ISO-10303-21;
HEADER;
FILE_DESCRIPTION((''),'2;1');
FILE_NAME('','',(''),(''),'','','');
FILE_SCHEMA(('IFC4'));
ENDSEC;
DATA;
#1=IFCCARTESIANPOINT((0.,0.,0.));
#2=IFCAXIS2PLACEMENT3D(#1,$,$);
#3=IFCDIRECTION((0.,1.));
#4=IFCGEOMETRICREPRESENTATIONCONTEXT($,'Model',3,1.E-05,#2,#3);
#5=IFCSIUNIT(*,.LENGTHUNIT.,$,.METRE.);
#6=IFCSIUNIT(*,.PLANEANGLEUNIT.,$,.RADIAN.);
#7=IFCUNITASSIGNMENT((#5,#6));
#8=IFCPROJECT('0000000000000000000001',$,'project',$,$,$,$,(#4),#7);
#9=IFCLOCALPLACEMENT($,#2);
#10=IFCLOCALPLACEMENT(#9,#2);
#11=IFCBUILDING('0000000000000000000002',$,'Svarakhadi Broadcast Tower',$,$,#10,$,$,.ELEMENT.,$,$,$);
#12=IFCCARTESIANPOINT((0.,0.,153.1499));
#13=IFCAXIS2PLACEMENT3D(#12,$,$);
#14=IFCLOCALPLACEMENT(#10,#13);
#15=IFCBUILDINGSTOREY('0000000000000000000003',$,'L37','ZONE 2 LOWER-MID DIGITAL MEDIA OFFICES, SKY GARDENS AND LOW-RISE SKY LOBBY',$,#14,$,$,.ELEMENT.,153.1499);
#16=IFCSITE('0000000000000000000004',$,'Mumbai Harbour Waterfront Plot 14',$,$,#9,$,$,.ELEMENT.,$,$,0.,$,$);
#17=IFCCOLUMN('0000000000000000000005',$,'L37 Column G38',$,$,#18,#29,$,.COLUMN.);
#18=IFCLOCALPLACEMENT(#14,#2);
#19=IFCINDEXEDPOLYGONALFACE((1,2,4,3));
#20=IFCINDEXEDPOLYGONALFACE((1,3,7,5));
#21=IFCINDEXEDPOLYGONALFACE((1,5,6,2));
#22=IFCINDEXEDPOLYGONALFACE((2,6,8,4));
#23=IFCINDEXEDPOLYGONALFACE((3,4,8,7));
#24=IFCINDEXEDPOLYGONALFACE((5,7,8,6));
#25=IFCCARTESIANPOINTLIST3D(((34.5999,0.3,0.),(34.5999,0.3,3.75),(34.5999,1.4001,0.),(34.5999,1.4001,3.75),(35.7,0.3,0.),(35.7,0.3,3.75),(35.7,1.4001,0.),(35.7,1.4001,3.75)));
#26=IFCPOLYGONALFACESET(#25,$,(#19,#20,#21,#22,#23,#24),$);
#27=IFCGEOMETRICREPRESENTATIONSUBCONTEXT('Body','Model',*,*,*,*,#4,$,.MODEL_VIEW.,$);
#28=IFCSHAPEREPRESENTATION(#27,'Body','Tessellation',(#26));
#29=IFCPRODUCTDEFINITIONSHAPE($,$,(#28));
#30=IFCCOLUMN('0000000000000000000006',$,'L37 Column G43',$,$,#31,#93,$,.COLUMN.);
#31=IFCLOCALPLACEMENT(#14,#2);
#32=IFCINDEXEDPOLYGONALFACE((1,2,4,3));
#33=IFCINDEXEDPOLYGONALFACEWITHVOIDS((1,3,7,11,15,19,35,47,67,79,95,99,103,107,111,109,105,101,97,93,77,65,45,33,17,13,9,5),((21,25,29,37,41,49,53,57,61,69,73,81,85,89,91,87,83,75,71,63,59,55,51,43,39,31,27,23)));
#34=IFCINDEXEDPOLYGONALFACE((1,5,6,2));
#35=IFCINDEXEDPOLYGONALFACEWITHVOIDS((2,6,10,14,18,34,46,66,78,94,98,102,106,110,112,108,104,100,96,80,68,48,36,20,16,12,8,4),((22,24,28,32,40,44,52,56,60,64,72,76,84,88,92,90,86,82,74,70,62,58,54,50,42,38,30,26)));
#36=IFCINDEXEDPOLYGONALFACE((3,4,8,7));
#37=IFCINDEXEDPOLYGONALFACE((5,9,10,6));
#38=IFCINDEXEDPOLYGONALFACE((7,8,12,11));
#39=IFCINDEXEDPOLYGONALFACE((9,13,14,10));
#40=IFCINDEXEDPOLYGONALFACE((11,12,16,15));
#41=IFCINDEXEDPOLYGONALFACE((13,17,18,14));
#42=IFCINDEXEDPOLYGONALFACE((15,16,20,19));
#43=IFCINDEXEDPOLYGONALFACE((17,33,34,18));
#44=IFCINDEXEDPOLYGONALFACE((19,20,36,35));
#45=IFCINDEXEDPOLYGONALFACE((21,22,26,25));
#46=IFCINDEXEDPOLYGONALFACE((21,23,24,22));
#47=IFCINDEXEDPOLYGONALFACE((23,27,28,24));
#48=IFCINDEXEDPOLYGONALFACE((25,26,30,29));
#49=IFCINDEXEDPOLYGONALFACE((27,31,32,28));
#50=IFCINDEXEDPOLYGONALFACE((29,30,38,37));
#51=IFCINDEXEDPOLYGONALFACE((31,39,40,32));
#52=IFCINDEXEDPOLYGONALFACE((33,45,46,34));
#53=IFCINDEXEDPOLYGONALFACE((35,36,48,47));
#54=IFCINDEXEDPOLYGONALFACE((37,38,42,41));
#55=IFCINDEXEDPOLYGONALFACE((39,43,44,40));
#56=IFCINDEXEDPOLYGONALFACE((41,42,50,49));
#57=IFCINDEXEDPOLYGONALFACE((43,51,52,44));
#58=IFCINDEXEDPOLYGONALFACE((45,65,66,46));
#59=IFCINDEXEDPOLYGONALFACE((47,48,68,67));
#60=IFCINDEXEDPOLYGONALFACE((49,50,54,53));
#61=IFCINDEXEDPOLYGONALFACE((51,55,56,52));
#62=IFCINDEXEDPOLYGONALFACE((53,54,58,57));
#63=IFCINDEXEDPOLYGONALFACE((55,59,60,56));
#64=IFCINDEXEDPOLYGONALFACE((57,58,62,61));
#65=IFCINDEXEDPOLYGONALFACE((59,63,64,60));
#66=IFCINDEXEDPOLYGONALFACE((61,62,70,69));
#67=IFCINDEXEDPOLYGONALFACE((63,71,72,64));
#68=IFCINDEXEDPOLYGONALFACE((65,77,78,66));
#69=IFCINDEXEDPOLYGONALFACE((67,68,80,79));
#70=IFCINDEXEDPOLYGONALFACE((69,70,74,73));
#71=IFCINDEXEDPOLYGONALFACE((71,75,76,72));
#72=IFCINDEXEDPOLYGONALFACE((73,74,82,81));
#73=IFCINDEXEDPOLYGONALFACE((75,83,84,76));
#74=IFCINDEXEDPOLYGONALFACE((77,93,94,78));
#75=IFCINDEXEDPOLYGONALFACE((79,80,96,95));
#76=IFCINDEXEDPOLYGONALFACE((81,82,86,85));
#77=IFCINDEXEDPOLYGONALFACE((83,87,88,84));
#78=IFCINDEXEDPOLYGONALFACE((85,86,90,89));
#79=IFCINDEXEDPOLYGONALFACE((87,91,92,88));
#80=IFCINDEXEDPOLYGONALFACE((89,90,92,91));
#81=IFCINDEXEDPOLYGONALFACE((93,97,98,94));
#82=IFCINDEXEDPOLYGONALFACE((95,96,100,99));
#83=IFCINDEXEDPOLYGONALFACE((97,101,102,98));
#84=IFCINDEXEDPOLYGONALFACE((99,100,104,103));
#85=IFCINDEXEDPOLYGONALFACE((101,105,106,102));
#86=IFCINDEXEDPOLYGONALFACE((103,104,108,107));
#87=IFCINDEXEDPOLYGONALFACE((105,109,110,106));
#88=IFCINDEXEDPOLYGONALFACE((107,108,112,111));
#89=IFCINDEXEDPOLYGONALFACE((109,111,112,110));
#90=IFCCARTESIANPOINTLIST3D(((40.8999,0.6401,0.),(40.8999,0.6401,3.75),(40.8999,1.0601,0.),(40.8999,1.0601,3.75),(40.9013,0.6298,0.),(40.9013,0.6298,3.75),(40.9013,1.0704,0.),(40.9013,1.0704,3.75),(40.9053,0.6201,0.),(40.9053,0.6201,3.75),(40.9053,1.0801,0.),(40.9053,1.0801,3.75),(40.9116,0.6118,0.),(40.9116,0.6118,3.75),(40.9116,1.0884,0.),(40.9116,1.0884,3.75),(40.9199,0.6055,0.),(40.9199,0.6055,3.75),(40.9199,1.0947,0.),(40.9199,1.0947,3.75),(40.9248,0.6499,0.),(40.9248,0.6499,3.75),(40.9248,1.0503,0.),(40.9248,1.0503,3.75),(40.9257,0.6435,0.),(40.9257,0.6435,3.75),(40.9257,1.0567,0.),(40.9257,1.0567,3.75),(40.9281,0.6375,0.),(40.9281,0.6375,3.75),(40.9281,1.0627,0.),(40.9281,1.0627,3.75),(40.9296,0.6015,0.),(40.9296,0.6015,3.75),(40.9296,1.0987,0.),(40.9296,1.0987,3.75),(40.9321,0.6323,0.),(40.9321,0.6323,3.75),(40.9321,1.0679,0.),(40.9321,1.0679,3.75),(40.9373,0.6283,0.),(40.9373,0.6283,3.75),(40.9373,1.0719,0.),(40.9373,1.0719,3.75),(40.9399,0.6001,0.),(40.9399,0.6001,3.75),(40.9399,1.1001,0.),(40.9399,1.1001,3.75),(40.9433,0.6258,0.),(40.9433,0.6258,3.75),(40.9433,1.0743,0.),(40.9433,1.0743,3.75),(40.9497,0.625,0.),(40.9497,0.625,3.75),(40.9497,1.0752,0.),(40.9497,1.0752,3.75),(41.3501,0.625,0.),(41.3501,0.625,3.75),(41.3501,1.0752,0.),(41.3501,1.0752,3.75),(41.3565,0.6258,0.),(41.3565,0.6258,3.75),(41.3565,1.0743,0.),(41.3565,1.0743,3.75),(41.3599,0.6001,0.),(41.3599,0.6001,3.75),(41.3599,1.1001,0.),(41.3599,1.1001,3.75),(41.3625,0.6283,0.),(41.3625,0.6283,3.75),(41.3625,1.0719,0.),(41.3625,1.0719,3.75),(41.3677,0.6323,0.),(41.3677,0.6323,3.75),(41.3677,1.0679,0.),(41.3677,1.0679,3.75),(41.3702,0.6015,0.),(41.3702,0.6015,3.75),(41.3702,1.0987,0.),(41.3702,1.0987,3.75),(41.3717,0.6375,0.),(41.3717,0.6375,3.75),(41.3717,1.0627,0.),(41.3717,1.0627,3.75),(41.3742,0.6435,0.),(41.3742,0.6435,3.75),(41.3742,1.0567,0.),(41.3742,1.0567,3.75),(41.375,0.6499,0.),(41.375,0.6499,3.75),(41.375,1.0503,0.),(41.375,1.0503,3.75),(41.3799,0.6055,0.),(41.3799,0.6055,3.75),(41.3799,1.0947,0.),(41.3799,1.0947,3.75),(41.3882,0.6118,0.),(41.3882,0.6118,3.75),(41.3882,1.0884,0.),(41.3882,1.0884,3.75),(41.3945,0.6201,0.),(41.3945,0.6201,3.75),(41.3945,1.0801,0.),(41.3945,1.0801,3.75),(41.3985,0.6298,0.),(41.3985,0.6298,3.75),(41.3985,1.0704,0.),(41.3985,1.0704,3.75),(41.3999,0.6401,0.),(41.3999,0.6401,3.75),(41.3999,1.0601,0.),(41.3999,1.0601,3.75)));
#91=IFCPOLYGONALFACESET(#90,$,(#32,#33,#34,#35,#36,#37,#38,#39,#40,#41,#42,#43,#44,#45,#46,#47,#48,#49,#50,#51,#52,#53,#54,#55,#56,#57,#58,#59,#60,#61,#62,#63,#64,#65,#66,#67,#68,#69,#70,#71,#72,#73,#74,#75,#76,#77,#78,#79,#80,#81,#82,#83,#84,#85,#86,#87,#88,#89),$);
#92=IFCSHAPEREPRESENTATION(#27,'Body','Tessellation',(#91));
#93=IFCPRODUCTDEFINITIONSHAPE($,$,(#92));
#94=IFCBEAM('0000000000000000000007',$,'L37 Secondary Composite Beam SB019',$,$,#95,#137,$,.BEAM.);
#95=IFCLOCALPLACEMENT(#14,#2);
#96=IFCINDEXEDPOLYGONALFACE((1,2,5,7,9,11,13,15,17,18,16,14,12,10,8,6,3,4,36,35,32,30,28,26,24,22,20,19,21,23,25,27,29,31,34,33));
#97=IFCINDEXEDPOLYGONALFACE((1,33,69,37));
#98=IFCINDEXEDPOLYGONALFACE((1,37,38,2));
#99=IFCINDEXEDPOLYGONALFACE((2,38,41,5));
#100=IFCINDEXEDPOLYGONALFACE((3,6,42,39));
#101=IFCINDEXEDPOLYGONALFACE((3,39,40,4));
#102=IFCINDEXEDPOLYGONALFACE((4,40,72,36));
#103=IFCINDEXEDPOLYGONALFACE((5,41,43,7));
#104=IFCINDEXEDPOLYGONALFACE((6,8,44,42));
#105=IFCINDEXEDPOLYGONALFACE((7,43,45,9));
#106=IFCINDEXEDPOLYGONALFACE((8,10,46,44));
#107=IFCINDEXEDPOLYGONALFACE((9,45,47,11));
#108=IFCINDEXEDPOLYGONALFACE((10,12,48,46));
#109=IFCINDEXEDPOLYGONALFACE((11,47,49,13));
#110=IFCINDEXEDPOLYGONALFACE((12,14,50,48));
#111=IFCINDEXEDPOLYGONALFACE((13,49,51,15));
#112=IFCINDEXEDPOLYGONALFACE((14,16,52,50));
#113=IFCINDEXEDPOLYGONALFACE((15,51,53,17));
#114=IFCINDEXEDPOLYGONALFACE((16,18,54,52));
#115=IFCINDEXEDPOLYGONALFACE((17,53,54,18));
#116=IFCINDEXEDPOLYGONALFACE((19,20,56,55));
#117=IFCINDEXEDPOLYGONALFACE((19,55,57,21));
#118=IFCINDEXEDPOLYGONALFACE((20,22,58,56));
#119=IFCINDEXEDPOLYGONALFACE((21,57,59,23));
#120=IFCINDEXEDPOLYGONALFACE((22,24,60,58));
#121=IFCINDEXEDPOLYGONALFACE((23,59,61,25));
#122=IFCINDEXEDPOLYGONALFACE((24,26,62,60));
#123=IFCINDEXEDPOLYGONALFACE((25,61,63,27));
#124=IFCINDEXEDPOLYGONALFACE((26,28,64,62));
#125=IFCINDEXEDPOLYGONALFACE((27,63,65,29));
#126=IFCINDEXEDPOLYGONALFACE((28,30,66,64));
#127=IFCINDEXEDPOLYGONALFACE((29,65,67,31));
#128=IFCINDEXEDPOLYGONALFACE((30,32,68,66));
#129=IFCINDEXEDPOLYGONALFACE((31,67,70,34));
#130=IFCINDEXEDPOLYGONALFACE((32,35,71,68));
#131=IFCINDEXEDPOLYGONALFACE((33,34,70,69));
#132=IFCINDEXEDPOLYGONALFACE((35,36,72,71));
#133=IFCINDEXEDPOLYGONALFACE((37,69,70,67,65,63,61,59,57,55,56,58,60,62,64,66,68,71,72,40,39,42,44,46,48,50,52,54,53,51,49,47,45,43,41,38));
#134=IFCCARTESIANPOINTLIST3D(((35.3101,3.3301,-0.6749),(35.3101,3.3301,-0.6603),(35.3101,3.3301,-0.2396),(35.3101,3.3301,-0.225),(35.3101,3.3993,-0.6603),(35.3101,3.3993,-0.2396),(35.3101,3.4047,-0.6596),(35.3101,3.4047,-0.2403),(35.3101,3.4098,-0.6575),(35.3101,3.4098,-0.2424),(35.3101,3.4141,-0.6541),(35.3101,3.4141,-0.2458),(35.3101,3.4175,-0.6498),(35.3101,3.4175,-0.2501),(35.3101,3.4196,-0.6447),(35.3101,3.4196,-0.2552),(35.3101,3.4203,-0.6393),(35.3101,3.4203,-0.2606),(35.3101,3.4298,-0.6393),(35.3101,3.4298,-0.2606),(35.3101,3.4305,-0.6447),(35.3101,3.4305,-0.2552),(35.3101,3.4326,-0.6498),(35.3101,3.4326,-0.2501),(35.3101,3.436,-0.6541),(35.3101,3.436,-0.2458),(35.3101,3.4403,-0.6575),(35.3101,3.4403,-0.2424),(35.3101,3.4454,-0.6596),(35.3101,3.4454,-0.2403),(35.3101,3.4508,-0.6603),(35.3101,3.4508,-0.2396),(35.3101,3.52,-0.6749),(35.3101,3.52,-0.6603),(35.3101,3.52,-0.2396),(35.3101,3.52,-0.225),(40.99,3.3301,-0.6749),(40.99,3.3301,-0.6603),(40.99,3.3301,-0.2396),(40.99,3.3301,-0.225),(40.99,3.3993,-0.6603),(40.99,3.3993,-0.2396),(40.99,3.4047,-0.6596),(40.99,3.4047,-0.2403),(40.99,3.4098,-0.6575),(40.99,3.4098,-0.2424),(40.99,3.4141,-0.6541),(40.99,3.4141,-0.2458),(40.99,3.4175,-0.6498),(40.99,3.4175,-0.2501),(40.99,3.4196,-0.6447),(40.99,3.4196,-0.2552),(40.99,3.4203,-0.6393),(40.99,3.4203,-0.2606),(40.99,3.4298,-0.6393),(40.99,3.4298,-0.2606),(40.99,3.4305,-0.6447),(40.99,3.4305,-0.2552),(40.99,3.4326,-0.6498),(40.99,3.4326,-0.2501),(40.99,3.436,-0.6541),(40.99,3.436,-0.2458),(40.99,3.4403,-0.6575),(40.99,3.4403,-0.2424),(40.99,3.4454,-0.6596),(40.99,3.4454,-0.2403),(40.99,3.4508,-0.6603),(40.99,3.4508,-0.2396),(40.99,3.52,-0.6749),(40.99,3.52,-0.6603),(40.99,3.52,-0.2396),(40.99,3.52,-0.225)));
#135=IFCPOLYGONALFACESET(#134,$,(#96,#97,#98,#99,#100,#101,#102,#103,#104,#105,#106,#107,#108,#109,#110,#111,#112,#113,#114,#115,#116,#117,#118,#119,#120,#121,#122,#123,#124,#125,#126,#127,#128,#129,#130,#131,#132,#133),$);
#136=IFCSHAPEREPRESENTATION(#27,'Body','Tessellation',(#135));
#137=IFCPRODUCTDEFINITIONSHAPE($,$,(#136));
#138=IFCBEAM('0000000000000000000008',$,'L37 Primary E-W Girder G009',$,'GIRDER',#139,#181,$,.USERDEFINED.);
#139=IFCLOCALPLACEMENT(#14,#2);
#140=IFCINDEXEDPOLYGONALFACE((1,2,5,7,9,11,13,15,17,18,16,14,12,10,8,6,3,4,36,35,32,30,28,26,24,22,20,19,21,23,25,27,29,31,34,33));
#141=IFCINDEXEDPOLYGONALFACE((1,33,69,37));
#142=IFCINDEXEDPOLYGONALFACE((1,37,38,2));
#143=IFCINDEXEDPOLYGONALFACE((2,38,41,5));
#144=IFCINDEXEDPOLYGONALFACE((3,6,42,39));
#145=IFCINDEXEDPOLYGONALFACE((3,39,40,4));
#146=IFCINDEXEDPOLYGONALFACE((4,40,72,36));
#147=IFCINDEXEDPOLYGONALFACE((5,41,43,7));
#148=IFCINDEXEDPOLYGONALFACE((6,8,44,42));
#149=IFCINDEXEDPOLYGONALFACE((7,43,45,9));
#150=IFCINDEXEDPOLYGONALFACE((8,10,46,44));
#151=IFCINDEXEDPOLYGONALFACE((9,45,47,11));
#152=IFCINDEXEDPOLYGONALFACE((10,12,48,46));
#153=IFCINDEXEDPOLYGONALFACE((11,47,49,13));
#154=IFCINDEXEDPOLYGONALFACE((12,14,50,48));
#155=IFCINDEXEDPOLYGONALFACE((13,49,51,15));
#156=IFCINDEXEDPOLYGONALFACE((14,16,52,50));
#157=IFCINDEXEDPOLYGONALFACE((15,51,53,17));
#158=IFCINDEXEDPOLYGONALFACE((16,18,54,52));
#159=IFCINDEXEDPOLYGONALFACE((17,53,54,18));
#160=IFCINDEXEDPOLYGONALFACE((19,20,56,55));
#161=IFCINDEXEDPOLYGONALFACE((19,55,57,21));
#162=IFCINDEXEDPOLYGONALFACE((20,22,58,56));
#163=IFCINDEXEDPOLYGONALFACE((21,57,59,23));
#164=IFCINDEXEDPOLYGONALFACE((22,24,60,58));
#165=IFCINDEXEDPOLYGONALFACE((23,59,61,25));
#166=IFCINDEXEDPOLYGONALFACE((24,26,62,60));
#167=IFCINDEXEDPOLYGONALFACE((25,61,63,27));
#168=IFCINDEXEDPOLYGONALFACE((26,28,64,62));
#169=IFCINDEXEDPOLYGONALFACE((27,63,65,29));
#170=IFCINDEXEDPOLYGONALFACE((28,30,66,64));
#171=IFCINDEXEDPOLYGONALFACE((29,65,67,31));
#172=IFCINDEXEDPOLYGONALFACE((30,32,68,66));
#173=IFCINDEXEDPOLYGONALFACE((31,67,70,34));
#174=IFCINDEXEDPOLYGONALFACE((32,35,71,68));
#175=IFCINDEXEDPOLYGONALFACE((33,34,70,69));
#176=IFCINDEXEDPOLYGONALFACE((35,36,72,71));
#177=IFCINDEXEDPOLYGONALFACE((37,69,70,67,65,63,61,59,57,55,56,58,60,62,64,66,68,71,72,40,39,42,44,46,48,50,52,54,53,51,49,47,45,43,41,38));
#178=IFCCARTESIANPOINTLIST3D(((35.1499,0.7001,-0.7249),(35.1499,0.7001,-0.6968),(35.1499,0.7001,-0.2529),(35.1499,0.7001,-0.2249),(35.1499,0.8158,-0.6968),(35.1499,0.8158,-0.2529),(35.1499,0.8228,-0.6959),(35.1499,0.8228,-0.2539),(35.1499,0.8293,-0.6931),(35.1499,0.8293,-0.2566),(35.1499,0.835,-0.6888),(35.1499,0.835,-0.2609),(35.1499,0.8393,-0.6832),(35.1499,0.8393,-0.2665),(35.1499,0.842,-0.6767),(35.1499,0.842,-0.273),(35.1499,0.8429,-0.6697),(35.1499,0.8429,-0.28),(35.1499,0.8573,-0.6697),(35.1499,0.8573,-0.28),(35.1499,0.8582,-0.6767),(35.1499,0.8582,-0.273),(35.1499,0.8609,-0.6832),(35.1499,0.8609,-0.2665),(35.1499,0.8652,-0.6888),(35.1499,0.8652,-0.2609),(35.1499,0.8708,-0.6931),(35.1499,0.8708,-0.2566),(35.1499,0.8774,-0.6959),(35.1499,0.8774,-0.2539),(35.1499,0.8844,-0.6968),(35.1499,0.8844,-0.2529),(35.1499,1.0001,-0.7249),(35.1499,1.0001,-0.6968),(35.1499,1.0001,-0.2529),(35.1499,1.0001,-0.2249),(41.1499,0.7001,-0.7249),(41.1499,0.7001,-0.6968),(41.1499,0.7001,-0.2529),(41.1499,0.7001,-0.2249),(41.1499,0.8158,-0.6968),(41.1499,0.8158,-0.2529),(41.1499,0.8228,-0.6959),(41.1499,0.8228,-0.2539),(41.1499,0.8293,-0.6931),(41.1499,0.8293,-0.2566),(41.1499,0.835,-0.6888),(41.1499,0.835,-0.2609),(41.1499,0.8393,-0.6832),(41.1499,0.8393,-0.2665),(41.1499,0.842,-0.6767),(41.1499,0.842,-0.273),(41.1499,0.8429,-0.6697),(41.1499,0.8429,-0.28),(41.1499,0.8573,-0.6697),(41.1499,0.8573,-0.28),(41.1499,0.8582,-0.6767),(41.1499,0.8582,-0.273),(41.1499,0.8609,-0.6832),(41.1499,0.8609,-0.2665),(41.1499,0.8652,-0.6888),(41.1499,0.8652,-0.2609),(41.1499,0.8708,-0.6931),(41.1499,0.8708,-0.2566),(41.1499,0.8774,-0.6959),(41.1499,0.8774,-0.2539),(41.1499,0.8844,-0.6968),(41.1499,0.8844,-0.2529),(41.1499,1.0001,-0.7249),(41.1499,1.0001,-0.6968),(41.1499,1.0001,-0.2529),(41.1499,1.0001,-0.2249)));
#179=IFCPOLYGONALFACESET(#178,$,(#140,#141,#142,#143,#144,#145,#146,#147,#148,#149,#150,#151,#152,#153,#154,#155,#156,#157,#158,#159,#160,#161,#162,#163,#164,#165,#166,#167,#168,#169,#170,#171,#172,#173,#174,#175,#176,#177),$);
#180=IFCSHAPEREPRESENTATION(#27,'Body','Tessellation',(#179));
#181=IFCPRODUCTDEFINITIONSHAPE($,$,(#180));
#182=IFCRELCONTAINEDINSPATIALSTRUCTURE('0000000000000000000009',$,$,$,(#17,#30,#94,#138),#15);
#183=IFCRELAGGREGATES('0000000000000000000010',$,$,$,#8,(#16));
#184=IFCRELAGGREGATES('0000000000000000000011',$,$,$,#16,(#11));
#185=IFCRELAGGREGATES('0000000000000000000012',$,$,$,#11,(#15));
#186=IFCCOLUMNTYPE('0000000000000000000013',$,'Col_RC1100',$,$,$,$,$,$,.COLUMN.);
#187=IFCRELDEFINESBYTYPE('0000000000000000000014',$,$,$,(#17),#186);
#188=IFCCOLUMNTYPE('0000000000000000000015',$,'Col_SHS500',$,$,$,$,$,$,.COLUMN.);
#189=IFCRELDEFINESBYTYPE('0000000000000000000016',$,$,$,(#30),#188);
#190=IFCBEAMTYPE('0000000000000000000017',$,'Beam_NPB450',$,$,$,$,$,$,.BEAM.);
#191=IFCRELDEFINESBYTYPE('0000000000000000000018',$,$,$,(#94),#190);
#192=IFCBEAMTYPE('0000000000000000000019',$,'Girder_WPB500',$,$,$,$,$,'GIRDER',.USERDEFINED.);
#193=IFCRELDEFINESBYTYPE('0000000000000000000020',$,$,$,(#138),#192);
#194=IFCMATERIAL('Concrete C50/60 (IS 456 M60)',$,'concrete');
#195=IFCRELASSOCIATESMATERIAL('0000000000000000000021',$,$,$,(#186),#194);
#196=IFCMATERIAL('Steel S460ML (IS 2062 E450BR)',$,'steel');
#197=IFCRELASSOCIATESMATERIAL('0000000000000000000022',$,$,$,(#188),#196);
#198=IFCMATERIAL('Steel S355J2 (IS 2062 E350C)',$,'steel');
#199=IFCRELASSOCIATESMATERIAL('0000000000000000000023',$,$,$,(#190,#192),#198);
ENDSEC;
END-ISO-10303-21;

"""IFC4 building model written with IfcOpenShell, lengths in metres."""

from ifc_helpers import new_model, si_unit, direction, frame, origin, origin_2d, place, context, subcontext, project, spatial, rectangle, hollow_rectangle, i_section, extrude, material, material_profile, profile_set, type_object, element, save


model = new_model("IFC4")

# Units and contexts
model_context = context("Model", 3, precision=1e-05, world=origin(), true_north=direction((0.0, 1.0)))
body_context = subcontext(model_context, "Body", "Model", "MODEL_VIEW")
ifc_project = project(units=[si_unit("LENGTHUNIT", "METRE"), si_unit("PLANEANGLEUNIT", "RADIAN")], contexts=[model_context])

# Site, building, storey
site_placement = place(None, origin())
site = spatial("IfcSite", under=ifc_project, at=site_placement, Name="Mumbai Harbour Waterfront Plot 14", CompositionType="ELEMENT", RefElevation=0.0)
building_placement = place(site_placement, origin())
building = spatial("IfcBuilding", under=site, at=building_placement, Name="Svarakhadi Broadcast Tower", CompositionType="ELEMENT")
storey_placement = place(building_placement, frame((0.0, 0.0, 153.1499)))
storey = spatial("IfcBuildingStorey", under=building, at=storey_placement, Name="L37", Description="ZONE 2 LOWER-MID DIGITAL MEDIA OFFICES, SKY GARDENS AND LOW-RISE SKY LOBBY", CompositionType="ELEMENT", Elevation=153.1499)

# Columns
ifc_material_1 = material(Name="Concrete C50/60 (IS 456 M60)", Category="concrete")
ifc_material_profile_1 = material_profile(ifc_material_1, rectangle(XDim=1.1001, YDim=1.1001, at=origin_2d()), Name="RC 1100x1100")
ifc_profile_set_1 = profile_set([ifc_material_profile_1], Name="Concrete C50/60 (IS 456 M60)")
column_type_1 = type_object("IfcColumnType", Name="Col_RC1100", PredefinedType="COLUMN", material=ifc_profile_set_1)
column_1_placement = place(storey_placement, frame((35.1499, 0.8501, 0.0), z_axis=(0.0, 0.0, 1.0), x_axis=(1.0, 0.0, 0.0)))
element("IfcColumn", 1, at=column_1_placement, inside=storey, type_object=column_type_1, Name="L37 Column G38", PredefinedType="COLUMN", context=body_context, shape_type="SweptSolid", body=[
    extrude(rectangle(XDim=1.1001, YDim=1.1001, at=origin_2d()), origin(), (0.0, 0.0, 1.0), 3.75),
])
ifc_material_2 = material(Name="Steel S460ML (IS 2062 E450BR)", Category="steel")
ifc_material_profile_2 = material_profile(ifc_material_2, hollow_rectangle(XDim=0.5, YDim=0.5, WallThickness=0.0249, InnerFilletRadius=0.0249, OuterFilletRadius=0.04, at=origin_2d()), Name="SHS 500x500x25")
ifc_profile_set_2 = profile_set([ifc_material_profile_2], Name="Steel S460ML (IS 2062 E450BR)")
column_type_2 = type_object("IfcColumnType", Name="Col_SHS500", PredefinedType="COLUMN", material=ifc_profile_set_2)
column_2_placement = place(storey_placement, frame((41.1499, 0.8501, 0.0), z_axis=(0.0, 0.0, 1.0), x_axis=(1.0, 0.0, 0.0)))
element("IfcColumn", 2, at=column_2_placement, inside=storey, type_object=column_type_2, Name="L37 Column G43", PredefinedType="COLUMN", context=body_context, shape_type="SweptSolid", body=[
    extrude(hollow_rectangle(XDim=0.5, YDim=0.5, WallThickness=0.0249, InnerFilletRadius=0.0249, OuterFilletRadius=0.04, at=origin_2d()), origin(), (0.0, 0.0, 1.0), 3.75),
])

# Beams
ifc_material_3 = material(Name="Steel S355J2 (IS 2062 E350C)", Category="steel")
ifc_material_profile_3 = material_profile(ifc_material_3, i_section(OverallWidth=0.1899, OverallDepth=0.45, WebThickness=0.0095, FlangeThickness=0.0146, FilletRadius=0.021, at=origin_2d()), Name="NPB 450x190x78")
ifc_profile_set_3 = profile_set([ifc_material_profile_3], Name="Steel S355J2 (IS 2062 E350C)")
beam_type_1 = type_object("IfcBeamType", Name="Beam_NPB450", PredefinedType="BEAM", material=ifc_profile_set_3)
beam_1_placement = place(storey_placement, frame((35.3101, 3.425, -0.45), z_axis=(1.0, 0.0, 0.0), x_axis=(0.0, 1.0, 0.0)))
element("IfcBeam", 3, at=beam_1_placement, inside=storey, type_object=beam_type_1, Name="L37 Secondary Composite Beam SB019", PredefinedType="BEAM", context=body_context, shape_type="SweptSolid", body=[
    extrude(i_section(OverallWidth=0.1899, OverallDepth=0.45, WebThickness=0.0095, FlangeThickness=0.0146, FilletRadius=0.021, at=origin_2d()), origin(), (0.0, 0.0, 1.0), 5.6799),
])
ifc_material_profile_4 = material_profile(ifc_material_3, i_section(OverallWidth=0.3, OverallDepth=0.5, WebThickness=0.0144, FlangeThickness=0.0281, FilletRadius=0.0271, at=origin_2d()), Name="WPB 500x300x187")
ifc_profile_set_4 = profile_set([ifc_material_profile_4], Name="Steel S355J2 (IS 2062 E350C)")
beam_type_2 = type_object("IfcBeamType", Name="Girder_WPB500", ElementType="GIRDER", PredefinedType="USERDEFINED", material=ifc_profile_set_4)
beam_2_placement = place(storey_placement, frame((35.1499, 0.8501, -0.4749), z_axis=(1.0, 0.0, 0.0), x_axis=(0.0, 1.0, 0.0)))
element("IfcBeam", 4, at=beam_2_placement, inside=storey, type_object=beam_type_2, Name="L37 Primary E-W Girder G009", ObjectType="GIRDER", PredefinedType="USERDEFINED", context=body_context, shape_type="SweptSolid", body=[
    extrude(i_section(OverallWidth=0.3, OverallDepth=0.5, WebThickness=0.0144, FlangeThickness=0.0281, FilletRadius=0.0271, at=origin_2d()), origin(), (0.0, 0.0, 1.0), 6.0),
])

save(model, "model.ifc")
